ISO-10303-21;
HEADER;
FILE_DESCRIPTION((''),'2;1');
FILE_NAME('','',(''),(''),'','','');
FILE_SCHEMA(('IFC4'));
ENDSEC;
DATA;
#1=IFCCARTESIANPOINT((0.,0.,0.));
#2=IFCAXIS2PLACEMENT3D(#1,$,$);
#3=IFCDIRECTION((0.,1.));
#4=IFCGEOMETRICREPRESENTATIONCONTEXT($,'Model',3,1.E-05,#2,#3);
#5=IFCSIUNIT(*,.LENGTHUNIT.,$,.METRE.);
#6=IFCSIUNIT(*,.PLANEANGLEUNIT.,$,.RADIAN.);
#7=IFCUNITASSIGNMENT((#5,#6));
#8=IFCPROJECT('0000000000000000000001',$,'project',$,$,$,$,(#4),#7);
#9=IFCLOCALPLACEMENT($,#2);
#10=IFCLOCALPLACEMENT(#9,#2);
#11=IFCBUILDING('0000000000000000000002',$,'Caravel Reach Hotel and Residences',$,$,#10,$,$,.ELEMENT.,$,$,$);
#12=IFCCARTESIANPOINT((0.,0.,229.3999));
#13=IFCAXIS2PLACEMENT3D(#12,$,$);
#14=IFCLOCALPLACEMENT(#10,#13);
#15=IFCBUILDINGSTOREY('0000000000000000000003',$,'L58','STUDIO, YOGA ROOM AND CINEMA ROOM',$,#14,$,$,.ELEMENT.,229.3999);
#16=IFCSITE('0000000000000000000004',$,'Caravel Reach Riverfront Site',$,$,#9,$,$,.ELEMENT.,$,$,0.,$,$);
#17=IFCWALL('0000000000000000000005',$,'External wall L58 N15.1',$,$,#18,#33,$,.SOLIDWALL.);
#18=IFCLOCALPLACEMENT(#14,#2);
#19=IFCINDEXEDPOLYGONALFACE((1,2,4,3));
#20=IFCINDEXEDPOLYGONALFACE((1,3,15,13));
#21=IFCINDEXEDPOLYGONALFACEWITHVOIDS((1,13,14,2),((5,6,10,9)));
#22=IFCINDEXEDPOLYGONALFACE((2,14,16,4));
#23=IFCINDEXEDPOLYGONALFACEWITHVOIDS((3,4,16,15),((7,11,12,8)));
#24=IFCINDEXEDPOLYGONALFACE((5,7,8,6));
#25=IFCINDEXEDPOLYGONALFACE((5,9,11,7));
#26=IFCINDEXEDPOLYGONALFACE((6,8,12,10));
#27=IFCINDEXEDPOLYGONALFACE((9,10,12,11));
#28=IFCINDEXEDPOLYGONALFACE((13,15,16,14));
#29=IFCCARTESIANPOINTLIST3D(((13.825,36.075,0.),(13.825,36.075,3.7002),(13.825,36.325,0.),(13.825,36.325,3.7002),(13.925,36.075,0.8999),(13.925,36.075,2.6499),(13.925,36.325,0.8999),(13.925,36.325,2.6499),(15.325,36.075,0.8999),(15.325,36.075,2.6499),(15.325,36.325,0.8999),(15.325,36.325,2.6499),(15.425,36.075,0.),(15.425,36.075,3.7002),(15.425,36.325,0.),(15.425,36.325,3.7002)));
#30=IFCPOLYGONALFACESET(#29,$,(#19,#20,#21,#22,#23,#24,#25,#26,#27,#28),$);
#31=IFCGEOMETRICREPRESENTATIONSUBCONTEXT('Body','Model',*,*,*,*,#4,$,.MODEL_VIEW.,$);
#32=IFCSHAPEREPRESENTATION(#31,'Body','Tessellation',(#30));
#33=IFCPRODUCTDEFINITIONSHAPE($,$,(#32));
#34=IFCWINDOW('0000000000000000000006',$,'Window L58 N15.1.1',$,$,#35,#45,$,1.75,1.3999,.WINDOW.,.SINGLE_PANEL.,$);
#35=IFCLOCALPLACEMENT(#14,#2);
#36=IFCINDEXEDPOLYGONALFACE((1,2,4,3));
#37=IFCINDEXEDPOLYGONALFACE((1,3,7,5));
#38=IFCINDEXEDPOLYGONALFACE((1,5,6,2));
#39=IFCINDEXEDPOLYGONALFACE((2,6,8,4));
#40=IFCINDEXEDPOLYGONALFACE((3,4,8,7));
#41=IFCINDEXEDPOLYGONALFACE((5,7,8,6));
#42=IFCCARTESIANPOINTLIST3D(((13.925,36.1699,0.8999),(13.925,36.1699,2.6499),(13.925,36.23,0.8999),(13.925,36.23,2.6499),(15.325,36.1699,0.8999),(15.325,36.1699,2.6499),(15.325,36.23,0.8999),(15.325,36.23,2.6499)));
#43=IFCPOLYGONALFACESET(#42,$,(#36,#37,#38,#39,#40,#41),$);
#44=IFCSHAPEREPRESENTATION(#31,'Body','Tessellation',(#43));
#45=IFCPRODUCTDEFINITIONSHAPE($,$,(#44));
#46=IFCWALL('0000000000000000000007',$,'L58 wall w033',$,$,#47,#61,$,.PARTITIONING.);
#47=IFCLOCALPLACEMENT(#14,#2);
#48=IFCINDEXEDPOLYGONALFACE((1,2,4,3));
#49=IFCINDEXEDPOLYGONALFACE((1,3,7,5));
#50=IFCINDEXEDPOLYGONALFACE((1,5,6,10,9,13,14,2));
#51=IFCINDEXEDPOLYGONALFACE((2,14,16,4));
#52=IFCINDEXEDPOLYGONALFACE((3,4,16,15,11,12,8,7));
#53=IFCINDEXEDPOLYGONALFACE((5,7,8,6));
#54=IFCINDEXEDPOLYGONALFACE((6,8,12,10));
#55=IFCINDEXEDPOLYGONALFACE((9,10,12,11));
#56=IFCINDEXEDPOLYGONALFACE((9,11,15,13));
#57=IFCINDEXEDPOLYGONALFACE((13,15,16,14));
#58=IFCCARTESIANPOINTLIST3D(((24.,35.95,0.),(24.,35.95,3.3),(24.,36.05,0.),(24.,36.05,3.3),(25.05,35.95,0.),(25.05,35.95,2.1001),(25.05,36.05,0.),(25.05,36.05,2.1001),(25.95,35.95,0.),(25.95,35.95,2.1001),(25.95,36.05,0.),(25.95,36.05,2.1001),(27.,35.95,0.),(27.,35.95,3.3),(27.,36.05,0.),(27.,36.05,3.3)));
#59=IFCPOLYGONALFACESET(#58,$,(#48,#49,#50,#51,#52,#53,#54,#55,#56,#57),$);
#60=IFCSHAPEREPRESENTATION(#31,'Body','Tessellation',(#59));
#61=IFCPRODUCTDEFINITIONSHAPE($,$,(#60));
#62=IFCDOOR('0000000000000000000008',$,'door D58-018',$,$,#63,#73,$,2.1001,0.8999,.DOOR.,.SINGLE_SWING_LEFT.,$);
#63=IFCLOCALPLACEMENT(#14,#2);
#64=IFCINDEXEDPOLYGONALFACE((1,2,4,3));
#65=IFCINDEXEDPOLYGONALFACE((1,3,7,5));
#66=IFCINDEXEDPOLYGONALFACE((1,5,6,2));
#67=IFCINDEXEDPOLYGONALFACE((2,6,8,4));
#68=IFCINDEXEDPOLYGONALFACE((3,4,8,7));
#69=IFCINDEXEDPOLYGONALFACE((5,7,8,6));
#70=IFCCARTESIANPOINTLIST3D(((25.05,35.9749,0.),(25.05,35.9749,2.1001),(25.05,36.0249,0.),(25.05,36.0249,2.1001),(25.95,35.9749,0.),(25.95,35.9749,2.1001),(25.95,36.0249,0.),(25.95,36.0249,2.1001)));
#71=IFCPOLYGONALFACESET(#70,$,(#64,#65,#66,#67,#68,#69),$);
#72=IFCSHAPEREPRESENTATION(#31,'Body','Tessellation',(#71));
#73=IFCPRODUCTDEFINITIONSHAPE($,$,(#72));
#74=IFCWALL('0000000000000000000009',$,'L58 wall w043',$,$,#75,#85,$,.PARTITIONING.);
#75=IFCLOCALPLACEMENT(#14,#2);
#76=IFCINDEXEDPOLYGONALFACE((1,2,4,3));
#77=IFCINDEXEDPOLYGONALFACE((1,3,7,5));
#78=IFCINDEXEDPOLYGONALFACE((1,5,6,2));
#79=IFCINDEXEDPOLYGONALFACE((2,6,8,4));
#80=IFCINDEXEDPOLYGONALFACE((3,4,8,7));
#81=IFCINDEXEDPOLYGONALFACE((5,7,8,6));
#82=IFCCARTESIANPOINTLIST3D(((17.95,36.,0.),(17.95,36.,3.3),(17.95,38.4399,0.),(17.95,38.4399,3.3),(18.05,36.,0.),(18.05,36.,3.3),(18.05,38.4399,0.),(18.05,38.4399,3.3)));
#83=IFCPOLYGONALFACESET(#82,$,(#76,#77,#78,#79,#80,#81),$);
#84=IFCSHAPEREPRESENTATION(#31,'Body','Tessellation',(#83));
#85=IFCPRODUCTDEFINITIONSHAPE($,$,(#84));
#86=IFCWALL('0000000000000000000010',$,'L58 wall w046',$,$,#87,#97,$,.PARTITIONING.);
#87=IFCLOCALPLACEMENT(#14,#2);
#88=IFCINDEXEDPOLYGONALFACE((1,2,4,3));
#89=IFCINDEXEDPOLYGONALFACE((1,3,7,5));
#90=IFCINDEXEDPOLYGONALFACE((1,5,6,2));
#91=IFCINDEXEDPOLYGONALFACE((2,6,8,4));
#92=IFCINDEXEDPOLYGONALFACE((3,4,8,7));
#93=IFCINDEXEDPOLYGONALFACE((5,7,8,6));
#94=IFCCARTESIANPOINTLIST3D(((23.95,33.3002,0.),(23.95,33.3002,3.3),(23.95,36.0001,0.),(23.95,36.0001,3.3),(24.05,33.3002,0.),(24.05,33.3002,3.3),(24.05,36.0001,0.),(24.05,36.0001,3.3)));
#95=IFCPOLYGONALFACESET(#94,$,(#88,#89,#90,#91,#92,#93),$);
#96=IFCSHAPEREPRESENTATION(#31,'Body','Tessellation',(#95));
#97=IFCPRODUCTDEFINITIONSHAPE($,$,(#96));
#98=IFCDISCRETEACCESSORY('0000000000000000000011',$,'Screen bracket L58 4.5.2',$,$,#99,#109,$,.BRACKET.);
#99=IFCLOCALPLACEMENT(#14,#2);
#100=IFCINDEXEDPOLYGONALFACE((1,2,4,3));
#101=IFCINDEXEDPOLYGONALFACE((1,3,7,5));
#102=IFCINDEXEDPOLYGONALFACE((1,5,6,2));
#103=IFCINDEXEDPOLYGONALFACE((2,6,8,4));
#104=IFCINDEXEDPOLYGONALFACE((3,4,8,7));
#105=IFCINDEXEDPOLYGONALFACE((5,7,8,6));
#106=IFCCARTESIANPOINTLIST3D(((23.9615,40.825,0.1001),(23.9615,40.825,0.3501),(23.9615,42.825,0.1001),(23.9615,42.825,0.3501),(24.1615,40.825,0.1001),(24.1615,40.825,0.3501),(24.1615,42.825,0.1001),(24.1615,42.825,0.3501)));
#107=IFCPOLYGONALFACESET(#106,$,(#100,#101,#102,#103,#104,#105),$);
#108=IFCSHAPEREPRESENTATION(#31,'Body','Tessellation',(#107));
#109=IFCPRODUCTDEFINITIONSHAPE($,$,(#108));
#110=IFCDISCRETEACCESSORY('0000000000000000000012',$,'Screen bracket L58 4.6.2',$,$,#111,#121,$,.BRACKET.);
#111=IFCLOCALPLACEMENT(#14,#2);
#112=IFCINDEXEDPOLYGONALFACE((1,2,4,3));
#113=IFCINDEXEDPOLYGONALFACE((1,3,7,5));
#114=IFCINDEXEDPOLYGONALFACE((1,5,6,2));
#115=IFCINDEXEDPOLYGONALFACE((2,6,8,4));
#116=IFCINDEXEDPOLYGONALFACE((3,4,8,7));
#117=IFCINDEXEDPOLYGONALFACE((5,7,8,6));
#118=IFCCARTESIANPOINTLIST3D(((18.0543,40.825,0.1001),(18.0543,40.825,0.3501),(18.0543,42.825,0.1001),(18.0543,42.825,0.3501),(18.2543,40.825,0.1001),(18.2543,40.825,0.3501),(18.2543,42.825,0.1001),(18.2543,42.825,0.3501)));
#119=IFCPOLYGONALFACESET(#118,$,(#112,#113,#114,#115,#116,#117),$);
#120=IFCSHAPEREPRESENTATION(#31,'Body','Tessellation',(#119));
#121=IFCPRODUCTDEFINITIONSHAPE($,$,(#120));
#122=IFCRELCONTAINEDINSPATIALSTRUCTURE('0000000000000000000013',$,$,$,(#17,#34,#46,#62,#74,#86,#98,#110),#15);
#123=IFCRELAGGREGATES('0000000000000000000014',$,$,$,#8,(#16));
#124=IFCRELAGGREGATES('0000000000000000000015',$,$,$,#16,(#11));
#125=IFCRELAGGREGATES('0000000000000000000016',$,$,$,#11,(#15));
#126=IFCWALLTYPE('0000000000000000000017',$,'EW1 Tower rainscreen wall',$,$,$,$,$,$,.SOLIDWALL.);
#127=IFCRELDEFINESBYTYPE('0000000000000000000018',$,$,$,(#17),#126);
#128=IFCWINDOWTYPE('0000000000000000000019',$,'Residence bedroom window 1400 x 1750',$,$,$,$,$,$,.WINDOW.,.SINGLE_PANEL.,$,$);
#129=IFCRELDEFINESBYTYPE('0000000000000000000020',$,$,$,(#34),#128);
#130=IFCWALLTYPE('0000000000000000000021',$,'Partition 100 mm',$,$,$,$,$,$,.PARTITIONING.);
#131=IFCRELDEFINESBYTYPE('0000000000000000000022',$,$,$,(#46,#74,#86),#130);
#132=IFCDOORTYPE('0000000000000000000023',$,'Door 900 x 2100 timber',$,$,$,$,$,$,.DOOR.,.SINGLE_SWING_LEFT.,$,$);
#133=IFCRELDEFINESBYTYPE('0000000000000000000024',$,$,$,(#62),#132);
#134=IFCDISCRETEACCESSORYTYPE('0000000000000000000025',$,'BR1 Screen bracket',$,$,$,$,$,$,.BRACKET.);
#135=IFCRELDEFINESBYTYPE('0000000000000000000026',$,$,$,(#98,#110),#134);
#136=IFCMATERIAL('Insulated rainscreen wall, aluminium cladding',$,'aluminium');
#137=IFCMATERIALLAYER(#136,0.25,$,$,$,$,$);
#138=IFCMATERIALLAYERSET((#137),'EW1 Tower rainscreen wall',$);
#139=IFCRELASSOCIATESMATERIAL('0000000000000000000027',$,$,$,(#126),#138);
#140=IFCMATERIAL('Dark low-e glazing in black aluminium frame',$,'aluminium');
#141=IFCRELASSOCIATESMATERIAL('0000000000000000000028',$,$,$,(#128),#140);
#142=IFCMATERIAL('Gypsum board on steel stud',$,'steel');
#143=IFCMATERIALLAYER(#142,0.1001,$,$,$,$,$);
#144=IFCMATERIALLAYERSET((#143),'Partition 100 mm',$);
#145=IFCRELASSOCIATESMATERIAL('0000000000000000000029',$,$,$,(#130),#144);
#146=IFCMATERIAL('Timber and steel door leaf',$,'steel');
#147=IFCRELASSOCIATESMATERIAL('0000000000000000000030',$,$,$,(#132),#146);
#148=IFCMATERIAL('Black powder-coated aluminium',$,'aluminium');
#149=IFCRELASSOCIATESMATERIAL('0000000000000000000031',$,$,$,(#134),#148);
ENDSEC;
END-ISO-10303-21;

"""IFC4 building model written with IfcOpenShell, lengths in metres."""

from ifc_helpers import new_model, si_unit, direction, frame, frame_2d, origin, origin_2d, place, context, subcontext, project, spatial, rectangle, extrude, material, layer, layer_set, type_object, element, fill, save


model = new_model("IFC4")

# Units and contexts
model_context = context("Model", 3, precision=1e-05, world=origin(), true_north=direction((0.0, 1.0)))
body_context = subcontext(model_context, "Body", "Model", "MODEL_VIEW")
ifc_project = project(units=[si_unit("LENGTHUNIT", "METRE"), si_unit("PLANEANGLEUNIT", "RADIAN")], contexts=[model_context])

# Site, building, storey
site_placement = place(None, origin())
site = spatial("IfcSite", under=ifc_project, at=site_placement, Name="Caravel Reach Riverfront Site", CompositionType="ELEMENT", RefElevation=0.0)
building_placement = place(site_placement, origin())
building = spatial("IfcBuilding", under=site, at=building_placement, Name="Caravel Reach Hotel and Residences", CompositionType="ELEMENT")
storey_placement = place(building_placement, frame((0.0, 0.0, 229.3999)))
storey = spatial("IfcBuildingStorey", under=building, at=storey_placement, Name="L58", Description="STUDIO, YOGA ROOM AND CINEMA ROOM", CompositionType="ELEMENT", Elevation=229.3999)

# Wall, opening, window
ifc_material_1 = material(Name="Insulated rainscreen wall, aluminium cladding", Category="aluminium")
ifc_layer_1 = layer(ifc_material_1, 0.25)
ifc_layer_set_1 = layer_set([ifc_layer_1], Name="EW1 Tower rainscreen wall")
wall_type_1 = type_object("IfcWallType", Name="EW1 Tower rainscreen wall", PredefinedType="SOLIDWALL", material=ifc_layer_set_1)
ifc_material_2 = material(Name="Dark low-e glazing in black aluminium frame", Category="aluminium")
window_type = type_object("IfcWindowType", Name="Residence bedroom window 1400 x 1750", PartitioningType="SINGLE_PANEL", PredefinedType="WINDOW", material=ifc_material_2)
wall_1_placement = place(storey_placement, frame((15.425, 36.2, 0.0), z_axis=(0.0, 0.0, 1.0), x_axis=(-1.0, 0.0, 0.0)))
wall_1 = element("IfcWall", 1, at=wall_1_placement, inside=storey, type_object=wall_type_1, Name="External wall L58 N15.1", PredefinedType="SOLIDWALL", context=body_context, shape_type="SweptSolid", body=[
    extrude(rectangle(XDim=1.6001, YDim=0.25, at=frame_2d((0.8, 0.0))), origin(), (0.0, 0.0, 1.0), 3.7002),
])
opening_1_placement = place(wall_1_placement, frame((0.1001, 0.0, 0.8999)))
opening_1 = element("IfcOpeningElement", 2, at=opening_1_placement, cuts=wall_1, PredefinedType="OPENING", context=body_context, shape_type="SweptSolid", body=[
    extrude(rectangle(XDim=1.3999, YDim=1.75, at=frame_2d((0.7, 0.875))), frame((0.0, 0.135, 0.0), z_axis=(0.0, -1.0, 0.0), x_axis=(1.0, 0.0, 0.0)), (0.0, 0.0, 1.0), 0.27),
])
window_1_placement = place(opening_1_placement, origin())
window_1 = element("IfcWindow", 3, at=window_1_placement, inside=storey, type_object=window_type, Name="Window L58 N15.1.1", OverallHeight=1.75, OverallWidth=1.3999, PartitioningType="SINGLE_PANEL", PredefinedType="WINDOW", context=body_context, shape_type="SweptSolid", body=[
    extrude(rectangle(XDim=1.3999, YDim=1.75, at=frame_2d((0.7, 0.875))), frame((0.0, 0.03, 0.0), z_axis=(0.0, -1.0, 0.0), x_axis=(1.0, 0.0, 0.0)), (0.0, 0.0, 1.0), 0.0601),
])
fill(opening_1, window_1)

# Wall, opening, door
ifc_material_3 = material(Name="Gypsum board on steel stud", Category="steel")
ifc_layer_2 = layer(ifc_material_3, 0.1001)
ifc_layer_set_2 = layer_set([ifc_layer_2], Name="Partition 100 mm")
wall_type_2 = type_object("IfcWallType", Name="Partition 100 mm", PredefinedType="PARTITIONING", material=ifc_layer_set_2)
wall_2_placement = place(storey_placement, frame((24.0, 36.0, 0.0), z_axis=(0.0, 0.0, 1.0), x_axis=(1.0, 0.0, 0.0)))
wall_2 = element("IfcWall", 4, at=wall_2_placement, inside=storey, type_object=wall_type_2, Name="L58 wall w033", PredefinedType="PARTITIONING", context=body_context, shape_type="SweptSolid", body=[
    extrude(rectangle(XDim=3.0, YDim=0.1001, at=frame_2d((1.5, 0.0))), origin(), (0.0, 0.0, 1.0), 3.3),
])
opening_2_placement = place(wall_2_placement, frame((1.05, 0.0, 0.0)))
opening_2 = element("IfcOpeningElement", 5, at=opening_2_placement, cuts=wall_2, PredefinedType="OPENING", context=body_context, shape_type="SweptSolid", body=[
    extrude(rectangle(XDim=0.8999, YDim=2.1001, at=frame_2d((0.45, 1.05))), frame((0.0, 0.0601, 0.0), z_axis=(0.0, -1.0, 0.0), x_axis=(1.0, 0.0, 0.0)), (0.0, 0.0, 1.0), 0.1201),
])
ifc_material_4 = material(Name="Timber and steel door leaf", Category="steel")
door_type = type_object("IfcDoorType", Name="Door 900 x 2100 timber", OperationType="SINGLE_SWING_LEFT", PredefinedType="DOOR", material=ifc_material_4)
door_placement = place(opening_2_placement, origin())
door = element("IfcDoor", 6, at=door_placement, inside=storey, type_object=door_type, Name="door D58-018", OperationType="SINGLE_SWING_LEFT", OverallHeight=2.1001, OverallWidth=0.8999, PredefinedType="DOOR", context=body_context, shape_type="SweptSolid", body=[
    extrude(rectangle(XDim=0.8999, YDim=2.1001, at=frame_2d((0.45, 1.05))), frame((0.0, 0.0249, 0.0), z_axis=(0.0, -1.0, 0.0), x_axis=(1.0, 0.0, 0.0)), (0.0, 0.0, 1.0), 0.05),
])
fill(opening_2, door)

# Walls
wall_3_placement = place(storey_placement, frame((18.0, 36.0, 0.0), z_axis=(0.0, 0.0, 1.0), x_axis=(0.0, 1.0, 0.0)))
element("IfcWall", 7, at=wall_3_placement, inside=storey, type_object=wall_type_2, Name="L58 wall w043", PredefinedType="PARTITIONING", context=body_context, shape_type="SweptSolid", body=[
    extrude(rectangle(XDim=2.4399, YDim=0.1001, at=frame_2d((1.22, 0.0))), origin(), (0.0, 0.0, 1.0), 3.3),
])
wall_4_placement = place(storey_placement, frame((24.0, 33.3, 0.0), z_axis=(0.0, 0.0, 1.0), x_axis=(0.0, 1.0, 0.0)))
element("IfcWall", 8, at=wall_4_placement, inside=storey, type_object=wall_type_2, Name="L58 wall w046", PredefinedType="PARTITIONING", context=body_context, shape_type="SweptSolid", body=[
    extrude(rectangle(XDim=2.7, YDim=0.1001, at=frame_2d((1.3501, 0.0))), origin(), (0.0, 0.0, 1.0), 3.3),
])

# Discrete accessories
ifc_material_5 = material(Name="Black powder-coated aluminium", Category="aluminium")
discrete_accessory_type = type_object("IfcDiscreteAccessoryType", Name="BR1 Screen bracket", PredefinedType="BRACKET", material=ifc_material_5)
for number, where, z_axis, x_axis, name in (
    (9, (24.0615, 41.825, 0.1001), (0.0, 0.0, 1.0), (0.0, 1.0, 0.0), "Screen bracket L58 4.5.2"),
    (10, (18.1543, 41.825, 0.1001), (0.0, 0.0, 1.0), (0.0, 1.0, 0.0), "Screen bracket L58 4.6.2"),
):
    element("IfcDiscreteAccessory", number, at=place(storey_placement, frame(where, z_axis=z_axis, x_axis=x_axis)), inside=storey, type_object=discrete_accessory_type, Name=name, PredefinedType="BRACKET", context=body_context, shape_type="SweptSolid", body=[
        extrude(rectangle(XDim=2.0, YDim=0.2, at=origin_2d()), origin(), (0.0, 0.0, 1.0), 0.25),
    ])

save(model, "model.ifc")
